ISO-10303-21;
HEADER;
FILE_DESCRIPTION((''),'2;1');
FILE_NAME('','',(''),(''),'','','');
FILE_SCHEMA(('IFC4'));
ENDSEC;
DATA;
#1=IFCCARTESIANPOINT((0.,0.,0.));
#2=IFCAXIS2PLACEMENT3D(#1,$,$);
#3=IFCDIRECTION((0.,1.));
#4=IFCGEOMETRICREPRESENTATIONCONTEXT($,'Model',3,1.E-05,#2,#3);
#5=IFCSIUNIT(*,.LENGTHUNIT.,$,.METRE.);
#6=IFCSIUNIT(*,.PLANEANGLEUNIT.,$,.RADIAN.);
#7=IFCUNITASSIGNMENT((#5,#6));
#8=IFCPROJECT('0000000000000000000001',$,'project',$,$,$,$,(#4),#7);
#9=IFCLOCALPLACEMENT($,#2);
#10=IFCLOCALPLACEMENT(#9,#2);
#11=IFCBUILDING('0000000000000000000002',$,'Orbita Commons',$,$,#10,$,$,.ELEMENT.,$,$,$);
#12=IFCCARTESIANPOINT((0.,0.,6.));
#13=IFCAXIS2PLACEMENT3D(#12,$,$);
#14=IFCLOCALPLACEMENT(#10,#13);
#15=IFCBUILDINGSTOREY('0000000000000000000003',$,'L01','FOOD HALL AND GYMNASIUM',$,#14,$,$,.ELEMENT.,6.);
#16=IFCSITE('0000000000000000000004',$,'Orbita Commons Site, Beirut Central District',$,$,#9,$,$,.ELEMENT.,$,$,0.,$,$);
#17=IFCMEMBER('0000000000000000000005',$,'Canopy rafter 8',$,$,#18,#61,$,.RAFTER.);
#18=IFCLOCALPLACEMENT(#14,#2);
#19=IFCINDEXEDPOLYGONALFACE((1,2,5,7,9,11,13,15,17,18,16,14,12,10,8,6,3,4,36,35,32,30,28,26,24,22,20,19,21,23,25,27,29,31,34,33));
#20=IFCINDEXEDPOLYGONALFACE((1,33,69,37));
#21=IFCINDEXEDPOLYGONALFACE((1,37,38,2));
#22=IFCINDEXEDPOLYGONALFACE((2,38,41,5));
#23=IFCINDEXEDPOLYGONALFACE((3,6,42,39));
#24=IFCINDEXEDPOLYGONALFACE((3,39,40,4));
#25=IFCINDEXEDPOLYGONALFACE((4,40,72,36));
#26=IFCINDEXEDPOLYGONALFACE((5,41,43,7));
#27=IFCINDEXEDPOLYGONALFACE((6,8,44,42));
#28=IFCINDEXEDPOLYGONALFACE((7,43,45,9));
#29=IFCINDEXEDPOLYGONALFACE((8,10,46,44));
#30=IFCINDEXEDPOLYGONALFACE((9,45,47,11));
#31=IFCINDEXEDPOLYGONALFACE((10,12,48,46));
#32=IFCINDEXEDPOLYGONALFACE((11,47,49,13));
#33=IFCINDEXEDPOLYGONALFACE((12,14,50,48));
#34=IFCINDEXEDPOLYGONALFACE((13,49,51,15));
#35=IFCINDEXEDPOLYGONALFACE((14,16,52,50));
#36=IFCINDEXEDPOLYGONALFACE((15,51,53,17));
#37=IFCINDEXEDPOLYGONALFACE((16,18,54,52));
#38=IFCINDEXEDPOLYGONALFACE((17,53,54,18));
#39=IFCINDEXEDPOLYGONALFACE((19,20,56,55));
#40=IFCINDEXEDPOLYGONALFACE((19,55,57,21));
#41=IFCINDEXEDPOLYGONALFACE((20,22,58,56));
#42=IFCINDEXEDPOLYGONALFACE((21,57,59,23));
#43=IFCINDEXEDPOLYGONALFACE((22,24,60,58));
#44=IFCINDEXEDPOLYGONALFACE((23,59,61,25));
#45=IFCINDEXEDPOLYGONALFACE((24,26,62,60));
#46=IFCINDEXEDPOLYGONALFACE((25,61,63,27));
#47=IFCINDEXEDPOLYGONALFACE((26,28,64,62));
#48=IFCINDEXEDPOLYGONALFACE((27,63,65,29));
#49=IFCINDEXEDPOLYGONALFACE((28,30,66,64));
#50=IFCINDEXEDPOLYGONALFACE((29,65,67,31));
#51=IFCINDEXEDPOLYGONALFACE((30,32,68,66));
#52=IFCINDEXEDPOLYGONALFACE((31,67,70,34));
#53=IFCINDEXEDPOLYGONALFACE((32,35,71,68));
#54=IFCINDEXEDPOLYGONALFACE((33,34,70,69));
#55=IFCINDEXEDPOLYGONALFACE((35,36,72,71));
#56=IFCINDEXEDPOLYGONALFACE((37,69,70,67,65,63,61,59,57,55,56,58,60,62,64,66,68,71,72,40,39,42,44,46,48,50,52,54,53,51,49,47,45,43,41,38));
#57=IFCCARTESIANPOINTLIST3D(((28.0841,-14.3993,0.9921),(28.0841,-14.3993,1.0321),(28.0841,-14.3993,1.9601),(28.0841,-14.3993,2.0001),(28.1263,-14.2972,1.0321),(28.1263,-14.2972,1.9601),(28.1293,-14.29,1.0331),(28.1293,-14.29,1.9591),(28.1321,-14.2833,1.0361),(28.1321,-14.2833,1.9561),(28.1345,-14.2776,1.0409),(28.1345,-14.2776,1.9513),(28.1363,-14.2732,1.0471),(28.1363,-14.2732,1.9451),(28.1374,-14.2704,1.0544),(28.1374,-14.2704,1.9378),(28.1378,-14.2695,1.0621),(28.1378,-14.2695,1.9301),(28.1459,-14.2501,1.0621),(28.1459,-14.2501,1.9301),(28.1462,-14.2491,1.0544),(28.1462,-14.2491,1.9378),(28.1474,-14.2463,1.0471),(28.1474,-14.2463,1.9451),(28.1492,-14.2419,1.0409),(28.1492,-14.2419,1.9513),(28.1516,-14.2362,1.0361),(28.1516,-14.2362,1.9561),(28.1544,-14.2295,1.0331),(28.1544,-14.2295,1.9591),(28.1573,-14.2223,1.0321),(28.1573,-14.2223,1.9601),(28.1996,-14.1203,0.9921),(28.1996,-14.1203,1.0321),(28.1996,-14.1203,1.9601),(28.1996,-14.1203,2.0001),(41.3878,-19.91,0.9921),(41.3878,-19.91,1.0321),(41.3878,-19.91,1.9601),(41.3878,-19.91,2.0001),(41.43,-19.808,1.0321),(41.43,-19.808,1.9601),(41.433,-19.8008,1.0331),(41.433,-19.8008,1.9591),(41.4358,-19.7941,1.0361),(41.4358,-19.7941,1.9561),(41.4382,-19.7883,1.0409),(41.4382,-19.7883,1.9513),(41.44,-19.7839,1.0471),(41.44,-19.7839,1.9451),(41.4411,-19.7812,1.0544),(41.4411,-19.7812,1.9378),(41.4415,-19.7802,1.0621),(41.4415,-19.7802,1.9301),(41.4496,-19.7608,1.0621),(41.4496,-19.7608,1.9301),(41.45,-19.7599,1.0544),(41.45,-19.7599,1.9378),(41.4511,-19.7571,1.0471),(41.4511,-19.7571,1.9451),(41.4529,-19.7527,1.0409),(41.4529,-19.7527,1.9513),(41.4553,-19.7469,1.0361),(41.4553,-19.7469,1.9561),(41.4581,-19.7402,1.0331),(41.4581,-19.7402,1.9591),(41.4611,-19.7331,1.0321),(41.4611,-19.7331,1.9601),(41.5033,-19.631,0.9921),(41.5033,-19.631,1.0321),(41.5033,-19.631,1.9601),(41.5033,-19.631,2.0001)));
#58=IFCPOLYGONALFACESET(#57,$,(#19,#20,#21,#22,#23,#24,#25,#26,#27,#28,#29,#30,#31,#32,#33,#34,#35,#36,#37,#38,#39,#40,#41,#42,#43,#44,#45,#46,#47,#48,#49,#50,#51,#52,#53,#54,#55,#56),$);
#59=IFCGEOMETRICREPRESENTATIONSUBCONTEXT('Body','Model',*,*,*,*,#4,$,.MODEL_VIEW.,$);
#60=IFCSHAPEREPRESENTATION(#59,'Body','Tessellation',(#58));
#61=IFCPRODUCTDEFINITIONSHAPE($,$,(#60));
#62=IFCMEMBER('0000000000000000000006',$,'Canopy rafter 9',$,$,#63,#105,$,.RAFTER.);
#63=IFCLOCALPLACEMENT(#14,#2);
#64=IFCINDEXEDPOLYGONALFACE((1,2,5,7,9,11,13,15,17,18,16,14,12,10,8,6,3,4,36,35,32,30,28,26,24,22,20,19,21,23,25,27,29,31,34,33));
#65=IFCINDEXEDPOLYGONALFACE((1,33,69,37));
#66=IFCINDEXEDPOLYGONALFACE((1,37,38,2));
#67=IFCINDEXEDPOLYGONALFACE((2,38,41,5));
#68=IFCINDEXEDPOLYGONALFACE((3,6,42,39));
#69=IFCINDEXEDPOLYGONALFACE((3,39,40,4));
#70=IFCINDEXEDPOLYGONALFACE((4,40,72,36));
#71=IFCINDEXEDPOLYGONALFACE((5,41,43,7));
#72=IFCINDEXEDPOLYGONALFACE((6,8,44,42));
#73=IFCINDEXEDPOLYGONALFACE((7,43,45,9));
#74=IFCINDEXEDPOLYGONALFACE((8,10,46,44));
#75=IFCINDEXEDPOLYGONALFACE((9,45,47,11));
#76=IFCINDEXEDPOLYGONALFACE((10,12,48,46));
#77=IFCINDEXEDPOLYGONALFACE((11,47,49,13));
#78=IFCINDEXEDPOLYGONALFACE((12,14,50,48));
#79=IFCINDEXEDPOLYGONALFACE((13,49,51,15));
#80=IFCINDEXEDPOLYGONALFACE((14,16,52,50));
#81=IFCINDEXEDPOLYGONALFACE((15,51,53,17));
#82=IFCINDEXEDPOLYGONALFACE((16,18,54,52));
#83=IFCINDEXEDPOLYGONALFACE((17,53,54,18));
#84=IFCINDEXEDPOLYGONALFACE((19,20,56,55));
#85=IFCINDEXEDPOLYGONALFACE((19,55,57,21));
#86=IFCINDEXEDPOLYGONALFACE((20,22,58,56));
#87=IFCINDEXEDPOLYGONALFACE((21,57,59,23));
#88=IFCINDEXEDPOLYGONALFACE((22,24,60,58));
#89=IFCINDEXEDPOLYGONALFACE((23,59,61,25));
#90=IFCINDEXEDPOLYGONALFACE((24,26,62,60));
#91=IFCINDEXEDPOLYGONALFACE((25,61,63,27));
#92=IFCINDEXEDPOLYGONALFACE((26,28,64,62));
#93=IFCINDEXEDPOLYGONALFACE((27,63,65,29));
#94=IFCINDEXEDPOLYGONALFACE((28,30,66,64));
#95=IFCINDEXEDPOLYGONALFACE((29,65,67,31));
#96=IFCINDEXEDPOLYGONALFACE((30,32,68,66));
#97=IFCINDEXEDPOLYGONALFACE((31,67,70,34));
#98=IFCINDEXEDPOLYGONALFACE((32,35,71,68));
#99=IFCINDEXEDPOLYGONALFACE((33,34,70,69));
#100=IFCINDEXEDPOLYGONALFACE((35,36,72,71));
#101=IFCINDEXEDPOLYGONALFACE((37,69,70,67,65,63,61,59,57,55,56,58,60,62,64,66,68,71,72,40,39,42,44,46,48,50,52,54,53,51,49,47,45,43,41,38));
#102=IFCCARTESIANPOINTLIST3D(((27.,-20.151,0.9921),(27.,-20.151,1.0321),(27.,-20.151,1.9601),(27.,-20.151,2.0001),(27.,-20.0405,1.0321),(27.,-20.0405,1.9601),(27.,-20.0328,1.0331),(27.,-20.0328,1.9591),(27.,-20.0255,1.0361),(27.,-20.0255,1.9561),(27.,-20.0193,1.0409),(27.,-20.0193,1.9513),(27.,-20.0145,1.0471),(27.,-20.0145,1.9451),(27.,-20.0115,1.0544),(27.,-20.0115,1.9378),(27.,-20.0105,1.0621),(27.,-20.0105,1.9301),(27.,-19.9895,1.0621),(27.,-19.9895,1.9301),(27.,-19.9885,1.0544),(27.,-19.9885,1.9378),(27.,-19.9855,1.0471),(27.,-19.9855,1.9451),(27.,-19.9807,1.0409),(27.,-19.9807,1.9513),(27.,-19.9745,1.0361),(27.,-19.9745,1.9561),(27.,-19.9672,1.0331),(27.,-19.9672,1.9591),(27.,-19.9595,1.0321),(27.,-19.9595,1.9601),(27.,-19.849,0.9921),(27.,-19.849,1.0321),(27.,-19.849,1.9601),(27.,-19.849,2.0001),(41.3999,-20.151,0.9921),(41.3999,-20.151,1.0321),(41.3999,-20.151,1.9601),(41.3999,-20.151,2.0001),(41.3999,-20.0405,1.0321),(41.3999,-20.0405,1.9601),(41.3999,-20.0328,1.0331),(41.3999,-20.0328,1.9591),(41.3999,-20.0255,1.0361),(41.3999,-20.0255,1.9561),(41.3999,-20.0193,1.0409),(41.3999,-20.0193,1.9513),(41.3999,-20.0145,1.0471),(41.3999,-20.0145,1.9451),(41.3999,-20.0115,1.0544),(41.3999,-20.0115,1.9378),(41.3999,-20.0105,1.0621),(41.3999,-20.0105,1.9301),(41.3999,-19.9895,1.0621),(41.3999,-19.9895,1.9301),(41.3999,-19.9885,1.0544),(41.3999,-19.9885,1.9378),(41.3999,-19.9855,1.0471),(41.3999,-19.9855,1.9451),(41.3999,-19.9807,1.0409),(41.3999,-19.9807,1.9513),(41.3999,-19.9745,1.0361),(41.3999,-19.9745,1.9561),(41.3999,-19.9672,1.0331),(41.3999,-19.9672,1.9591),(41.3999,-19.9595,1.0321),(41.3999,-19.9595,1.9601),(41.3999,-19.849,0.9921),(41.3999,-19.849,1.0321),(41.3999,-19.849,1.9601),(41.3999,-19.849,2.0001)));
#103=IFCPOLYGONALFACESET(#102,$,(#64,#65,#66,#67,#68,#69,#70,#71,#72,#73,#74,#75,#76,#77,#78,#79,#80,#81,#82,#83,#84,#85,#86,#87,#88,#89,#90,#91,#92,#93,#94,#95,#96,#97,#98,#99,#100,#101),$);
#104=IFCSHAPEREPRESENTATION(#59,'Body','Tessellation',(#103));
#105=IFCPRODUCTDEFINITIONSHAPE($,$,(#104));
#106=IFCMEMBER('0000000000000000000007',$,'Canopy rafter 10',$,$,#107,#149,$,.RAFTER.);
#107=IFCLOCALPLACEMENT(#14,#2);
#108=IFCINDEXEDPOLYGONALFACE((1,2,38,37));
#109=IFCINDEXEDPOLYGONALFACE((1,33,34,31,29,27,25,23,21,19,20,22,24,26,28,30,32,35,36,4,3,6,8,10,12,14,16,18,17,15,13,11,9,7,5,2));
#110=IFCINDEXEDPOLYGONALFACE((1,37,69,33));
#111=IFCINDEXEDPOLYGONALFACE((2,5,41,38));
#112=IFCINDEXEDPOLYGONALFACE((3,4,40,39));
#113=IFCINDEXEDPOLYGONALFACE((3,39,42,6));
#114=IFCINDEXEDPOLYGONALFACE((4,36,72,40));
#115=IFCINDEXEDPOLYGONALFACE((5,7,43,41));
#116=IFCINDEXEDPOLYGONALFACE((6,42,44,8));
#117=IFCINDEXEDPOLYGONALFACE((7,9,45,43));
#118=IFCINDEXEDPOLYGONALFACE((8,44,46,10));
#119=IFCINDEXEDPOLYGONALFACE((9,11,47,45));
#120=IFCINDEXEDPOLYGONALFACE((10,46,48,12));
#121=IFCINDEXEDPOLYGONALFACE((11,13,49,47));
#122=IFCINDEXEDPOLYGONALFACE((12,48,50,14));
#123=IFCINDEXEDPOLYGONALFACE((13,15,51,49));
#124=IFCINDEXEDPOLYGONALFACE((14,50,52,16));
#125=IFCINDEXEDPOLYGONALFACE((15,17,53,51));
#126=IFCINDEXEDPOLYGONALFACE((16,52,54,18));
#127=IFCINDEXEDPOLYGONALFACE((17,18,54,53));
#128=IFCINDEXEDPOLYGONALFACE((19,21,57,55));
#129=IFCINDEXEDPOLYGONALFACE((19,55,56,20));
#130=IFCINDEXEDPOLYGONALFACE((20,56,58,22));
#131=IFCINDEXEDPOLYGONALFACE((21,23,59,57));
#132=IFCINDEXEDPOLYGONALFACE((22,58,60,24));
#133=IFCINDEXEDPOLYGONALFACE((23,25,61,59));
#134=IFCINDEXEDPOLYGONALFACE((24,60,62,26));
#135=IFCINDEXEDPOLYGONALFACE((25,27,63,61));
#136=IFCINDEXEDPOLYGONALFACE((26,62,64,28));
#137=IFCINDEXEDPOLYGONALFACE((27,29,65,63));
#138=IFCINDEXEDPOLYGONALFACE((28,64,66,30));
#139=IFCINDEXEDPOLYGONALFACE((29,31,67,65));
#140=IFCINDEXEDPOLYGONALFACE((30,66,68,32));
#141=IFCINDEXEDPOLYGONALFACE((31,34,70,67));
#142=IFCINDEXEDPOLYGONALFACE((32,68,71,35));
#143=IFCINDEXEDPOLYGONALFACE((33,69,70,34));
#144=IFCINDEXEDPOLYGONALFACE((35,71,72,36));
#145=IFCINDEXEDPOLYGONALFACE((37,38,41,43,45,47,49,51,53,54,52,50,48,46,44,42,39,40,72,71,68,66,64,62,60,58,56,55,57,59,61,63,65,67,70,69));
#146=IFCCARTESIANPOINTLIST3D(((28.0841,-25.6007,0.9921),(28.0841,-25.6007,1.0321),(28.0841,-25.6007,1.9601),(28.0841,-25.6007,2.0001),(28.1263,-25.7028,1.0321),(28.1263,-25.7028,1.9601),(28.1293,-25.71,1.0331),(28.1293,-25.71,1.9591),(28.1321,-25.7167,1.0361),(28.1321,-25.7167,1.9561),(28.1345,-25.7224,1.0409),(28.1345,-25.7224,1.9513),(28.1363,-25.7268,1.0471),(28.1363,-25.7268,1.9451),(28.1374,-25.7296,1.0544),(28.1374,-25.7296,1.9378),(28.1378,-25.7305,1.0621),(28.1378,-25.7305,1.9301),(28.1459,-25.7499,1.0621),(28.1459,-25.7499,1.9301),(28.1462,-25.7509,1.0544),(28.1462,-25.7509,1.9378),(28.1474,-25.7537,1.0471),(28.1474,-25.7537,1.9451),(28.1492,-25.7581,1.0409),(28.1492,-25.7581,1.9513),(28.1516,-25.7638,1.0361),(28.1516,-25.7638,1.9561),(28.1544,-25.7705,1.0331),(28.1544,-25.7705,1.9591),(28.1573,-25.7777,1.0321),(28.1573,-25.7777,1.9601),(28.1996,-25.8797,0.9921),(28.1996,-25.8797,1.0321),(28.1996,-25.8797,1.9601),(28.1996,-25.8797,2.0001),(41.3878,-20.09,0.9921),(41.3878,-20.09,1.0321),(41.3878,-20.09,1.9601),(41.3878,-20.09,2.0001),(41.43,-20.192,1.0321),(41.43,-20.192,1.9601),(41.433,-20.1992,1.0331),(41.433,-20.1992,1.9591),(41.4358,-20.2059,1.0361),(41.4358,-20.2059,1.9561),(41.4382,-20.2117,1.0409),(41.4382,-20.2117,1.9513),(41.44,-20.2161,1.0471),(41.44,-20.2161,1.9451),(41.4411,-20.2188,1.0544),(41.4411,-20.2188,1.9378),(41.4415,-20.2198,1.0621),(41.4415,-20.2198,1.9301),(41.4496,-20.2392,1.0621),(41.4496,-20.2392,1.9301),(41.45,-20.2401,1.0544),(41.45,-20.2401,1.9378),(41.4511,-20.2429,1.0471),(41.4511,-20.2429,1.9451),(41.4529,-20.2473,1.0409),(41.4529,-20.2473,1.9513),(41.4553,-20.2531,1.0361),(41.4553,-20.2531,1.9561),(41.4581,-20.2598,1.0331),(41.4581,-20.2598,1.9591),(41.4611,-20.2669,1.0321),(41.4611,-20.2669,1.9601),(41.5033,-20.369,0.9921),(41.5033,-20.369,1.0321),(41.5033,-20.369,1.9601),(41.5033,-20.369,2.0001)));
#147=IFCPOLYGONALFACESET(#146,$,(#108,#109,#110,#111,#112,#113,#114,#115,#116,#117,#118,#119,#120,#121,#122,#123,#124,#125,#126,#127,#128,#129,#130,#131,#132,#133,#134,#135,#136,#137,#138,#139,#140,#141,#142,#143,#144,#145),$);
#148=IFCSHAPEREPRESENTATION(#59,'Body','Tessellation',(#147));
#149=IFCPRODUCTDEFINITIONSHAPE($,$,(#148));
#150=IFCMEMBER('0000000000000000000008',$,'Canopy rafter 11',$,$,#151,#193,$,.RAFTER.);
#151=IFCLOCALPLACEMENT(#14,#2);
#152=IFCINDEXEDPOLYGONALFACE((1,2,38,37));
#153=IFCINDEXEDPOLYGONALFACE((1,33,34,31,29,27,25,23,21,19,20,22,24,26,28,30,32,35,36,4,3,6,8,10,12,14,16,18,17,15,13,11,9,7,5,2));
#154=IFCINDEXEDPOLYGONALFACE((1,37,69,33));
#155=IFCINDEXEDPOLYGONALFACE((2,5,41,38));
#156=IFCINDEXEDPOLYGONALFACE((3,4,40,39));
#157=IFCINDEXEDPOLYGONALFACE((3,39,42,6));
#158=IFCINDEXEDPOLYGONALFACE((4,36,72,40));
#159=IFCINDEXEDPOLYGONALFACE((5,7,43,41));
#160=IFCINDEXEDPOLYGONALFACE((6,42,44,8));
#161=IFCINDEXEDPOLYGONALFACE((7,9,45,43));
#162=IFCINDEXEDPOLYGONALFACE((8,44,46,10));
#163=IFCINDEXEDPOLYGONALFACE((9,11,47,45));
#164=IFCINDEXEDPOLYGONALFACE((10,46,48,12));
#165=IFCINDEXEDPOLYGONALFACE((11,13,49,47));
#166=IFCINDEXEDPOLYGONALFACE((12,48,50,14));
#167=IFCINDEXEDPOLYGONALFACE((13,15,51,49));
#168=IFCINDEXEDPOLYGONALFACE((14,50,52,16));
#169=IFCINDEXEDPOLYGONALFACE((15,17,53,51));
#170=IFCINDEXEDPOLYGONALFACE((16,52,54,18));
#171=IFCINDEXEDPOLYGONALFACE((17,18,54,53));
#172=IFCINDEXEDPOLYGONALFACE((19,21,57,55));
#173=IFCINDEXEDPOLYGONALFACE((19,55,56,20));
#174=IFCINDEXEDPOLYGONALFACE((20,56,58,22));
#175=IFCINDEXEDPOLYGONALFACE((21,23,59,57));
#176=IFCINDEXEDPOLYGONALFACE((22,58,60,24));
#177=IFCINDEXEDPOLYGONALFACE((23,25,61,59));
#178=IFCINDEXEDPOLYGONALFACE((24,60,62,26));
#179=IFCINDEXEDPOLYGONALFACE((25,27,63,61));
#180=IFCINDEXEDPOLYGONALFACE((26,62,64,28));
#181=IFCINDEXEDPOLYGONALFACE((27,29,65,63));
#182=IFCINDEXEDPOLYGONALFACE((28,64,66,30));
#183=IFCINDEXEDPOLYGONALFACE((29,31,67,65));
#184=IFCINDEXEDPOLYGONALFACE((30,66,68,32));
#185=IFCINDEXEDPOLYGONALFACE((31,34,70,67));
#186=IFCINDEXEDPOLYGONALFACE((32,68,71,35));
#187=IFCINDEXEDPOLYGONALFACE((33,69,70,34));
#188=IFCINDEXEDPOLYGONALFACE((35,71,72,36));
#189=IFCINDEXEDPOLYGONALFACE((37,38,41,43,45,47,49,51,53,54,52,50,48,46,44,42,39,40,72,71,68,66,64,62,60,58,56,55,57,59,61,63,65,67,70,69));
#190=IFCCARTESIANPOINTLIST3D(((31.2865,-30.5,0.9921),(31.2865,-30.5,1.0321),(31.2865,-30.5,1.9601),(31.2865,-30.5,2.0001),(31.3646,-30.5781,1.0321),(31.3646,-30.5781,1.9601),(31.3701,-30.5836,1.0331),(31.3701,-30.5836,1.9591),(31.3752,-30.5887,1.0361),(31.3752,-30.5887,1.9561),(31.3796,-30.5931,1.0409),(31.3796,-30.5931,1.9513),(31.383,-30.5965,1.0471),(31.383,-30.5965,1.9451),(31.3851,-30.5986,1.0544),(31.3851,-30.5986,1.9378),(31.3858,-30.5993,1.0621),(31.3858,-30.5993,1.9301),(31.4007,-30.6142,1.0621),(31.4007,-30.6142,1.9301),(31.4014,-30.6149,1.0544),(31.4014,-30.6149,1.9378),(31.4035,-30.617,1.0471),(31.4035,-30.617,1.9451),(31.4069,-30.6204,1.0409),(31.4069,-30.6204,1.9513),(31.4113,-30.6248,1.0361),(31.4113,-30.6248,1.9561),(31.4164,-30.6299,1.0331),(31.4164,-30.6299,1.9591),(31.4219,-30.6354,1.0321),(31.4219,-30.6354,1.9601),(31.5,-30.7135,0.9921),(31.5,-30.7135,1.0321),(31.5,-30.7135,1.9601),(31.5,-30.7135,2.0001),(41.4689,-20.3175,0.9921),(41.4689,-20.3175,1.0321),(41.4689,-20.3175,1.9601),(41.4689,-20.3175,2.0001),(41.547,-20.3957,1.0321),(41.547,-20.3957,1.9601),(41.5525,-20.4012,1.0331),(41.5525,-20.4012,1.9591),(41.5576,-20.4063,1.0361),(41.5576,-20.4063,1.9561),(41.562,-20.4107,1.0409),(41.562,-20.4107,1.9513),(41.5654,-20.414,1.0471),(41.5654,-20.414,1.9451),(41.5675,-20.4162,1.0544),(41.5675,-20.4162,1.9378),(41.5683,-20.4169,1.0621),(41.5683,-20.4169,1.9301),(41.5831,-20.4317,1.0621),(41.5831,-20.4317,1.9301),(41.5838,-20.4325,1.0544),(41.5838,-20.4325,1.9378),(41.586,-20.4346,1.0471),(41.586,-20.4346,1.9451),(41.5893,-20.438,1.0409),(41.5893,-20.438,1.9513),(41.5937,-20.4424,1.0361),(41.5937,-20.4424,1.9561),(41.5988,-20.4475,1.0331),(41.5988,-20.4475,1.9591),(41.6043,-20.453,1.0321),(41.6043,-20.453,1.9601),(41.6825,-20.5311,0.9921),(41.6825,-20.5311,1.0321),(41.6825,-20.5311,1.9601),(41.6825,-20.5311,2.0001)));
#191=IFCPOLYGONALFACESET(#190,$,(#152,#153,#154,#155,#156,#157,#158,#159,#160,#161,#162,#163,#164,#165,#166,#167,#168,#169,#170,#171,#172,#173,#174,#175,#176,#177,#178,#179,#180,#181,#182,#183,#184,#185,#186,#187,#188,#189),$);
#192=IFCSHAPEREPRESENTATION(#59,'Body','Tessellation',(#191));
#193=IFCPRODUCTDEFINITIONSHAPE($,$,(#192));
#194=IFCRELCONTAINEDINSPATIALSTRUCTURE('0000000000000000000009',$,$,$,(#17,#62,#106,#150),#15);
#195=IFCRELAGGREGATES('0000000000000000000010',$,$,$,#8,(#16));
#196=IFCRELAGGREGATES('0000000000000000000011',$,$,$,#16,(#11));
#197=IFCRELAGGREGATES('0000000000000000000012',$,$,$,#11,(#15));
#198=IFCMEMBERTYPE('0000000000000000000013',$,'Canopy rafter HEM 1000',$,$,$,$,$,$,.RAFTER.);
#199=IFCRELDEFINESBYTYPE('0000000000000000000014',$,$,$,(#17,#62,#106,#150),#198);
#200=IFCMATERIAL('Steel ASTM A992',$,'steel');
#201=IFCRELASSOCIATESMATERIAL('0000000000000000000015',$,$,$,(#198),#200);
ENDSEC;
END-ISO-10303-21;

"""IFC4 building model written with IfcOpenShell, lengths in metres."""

from ifc_helpers import new_model, si_unit, direction, frame, origin, origin_2d, place, context, subcontext, project, spatial, i_section, extrude, material, material_profile, profile_set, type_object, element, save


model = new_model("IFC4")

# Units and contexts
model_context = context("Model", 3, precision=1e-05, world=origin(), true_north=direction((0.0, 1.0)))
body_context = subcontext(model_context, "Body", "Model", "MODEL_VIEW")
ifc_project = project(units=[si_unit("LENGTHUNIT", "METRE"), si_unit("PLANEANGLEUNIT", "RADIAN")], contexts=[model_context])

# Site, building, storey
site_placement = place(None, origin())
site = spatial("IfcSite", under=ifc_project, at=site_placement, Name="Orbita Commons Site, Beirut Central District", CompositionType="ELEMENT", RefElevation=0.0)
building_placement = place(site_placement, origin())
building = spatial("IfcBuilding", under=site, at=building_placement, Name="Orbita Commons", CompositionType="ELEMENT")
storey_placement = place(building_placement, frame((0.0, 0.0, 6.0)))
storey = spatial("IfcBuildingStorey", under=building, at=storey_placement, Name="L01", Description="FOOD HALL AND GYMNASIUM", CompositionType="ELEMENT", Elevation=6.0)

# Members
ifc_material_1 = material(Name="Steel ASTM A992", Category="steel")
ifc_material_profile_1 = material_profile(ifc_material_1, i_section(OverallWidth=0.302, OverallDepth=1.0081, WebThickness=0.021, FlangeThickness=0.04, FilletRadius=0.03, at=origin_2d()), Name="HEM 1000")
ifc_profile_set_1 = profile_set([ifc_material_profile_1], Name="Steel ASTM A992")
member_type_1 = type_object("IfcMemberType", Name="Canopy rafter HEM 1000", PredefinedType="RAFTER", material=ifc_profile_set_1)
for number, where, z_axis, x_axis, name in (
    (1, (41.4456, -19.7705, 1.4961), (-0.923875, 0.382693, 0.0), (-0.382693, -0.923875, 0.0), "Canopy rafter 8"),
    (2, (41.3999, -20.0, 1.4961), (-1.0, 0.0, 0.0), (0.0, -1.0, 0.0), "Canopy rafter 9"),
    (3, (41.4456, -20.2295, 1.4961), (-0.923875, -0.382693, 0.0), (0.382693, -0.923875, 0.0), "Canopy rafter 10"),
):
    element("IfcMember", number, at=place(storey_placement, frame(where, z_axis=z_axis, x_axis=x_axis)), inside=storey, type_object=member_type_1, Name=name, PredefinedType="RAFTER", context=body_context, shape_type="SweptSolid", body=[
        extrude(i_section(OverallWidth=0.302, OverallDepth=1.0081, WebThickness=0.021, FlangeThickness=0.04, FilletRadius=0.03, at=origin_2d()), origin(), (0.0, 0.0, 1.0), 14.3999),
    ])
member_1_placement = place(storey_placement, frame((41.5757, -20.4243, 1.4961), z_axis=(-0.707107, -0.707107, 0.0), x_axis=(0.707107, -0.707107, 0.0)))
element("IfcMember", 4, at=member_1_placement, inside=storey, type_object=member_type_1, Name="Canopy rafter 11", PredefinedType="RAFTER", context=body_context, shape_type="SweptSolid", body=[
    extrude(i_section(OverallWidth=0.302, OverallDepth=1.0081, WebThickness=0.021, FlangeThickness=0.04, FilletRadius=0.03, at=origin_2d()), origin(), (0.0, 0.0, 1.0), 14.4001),
])

save(model, "model.ifc")
